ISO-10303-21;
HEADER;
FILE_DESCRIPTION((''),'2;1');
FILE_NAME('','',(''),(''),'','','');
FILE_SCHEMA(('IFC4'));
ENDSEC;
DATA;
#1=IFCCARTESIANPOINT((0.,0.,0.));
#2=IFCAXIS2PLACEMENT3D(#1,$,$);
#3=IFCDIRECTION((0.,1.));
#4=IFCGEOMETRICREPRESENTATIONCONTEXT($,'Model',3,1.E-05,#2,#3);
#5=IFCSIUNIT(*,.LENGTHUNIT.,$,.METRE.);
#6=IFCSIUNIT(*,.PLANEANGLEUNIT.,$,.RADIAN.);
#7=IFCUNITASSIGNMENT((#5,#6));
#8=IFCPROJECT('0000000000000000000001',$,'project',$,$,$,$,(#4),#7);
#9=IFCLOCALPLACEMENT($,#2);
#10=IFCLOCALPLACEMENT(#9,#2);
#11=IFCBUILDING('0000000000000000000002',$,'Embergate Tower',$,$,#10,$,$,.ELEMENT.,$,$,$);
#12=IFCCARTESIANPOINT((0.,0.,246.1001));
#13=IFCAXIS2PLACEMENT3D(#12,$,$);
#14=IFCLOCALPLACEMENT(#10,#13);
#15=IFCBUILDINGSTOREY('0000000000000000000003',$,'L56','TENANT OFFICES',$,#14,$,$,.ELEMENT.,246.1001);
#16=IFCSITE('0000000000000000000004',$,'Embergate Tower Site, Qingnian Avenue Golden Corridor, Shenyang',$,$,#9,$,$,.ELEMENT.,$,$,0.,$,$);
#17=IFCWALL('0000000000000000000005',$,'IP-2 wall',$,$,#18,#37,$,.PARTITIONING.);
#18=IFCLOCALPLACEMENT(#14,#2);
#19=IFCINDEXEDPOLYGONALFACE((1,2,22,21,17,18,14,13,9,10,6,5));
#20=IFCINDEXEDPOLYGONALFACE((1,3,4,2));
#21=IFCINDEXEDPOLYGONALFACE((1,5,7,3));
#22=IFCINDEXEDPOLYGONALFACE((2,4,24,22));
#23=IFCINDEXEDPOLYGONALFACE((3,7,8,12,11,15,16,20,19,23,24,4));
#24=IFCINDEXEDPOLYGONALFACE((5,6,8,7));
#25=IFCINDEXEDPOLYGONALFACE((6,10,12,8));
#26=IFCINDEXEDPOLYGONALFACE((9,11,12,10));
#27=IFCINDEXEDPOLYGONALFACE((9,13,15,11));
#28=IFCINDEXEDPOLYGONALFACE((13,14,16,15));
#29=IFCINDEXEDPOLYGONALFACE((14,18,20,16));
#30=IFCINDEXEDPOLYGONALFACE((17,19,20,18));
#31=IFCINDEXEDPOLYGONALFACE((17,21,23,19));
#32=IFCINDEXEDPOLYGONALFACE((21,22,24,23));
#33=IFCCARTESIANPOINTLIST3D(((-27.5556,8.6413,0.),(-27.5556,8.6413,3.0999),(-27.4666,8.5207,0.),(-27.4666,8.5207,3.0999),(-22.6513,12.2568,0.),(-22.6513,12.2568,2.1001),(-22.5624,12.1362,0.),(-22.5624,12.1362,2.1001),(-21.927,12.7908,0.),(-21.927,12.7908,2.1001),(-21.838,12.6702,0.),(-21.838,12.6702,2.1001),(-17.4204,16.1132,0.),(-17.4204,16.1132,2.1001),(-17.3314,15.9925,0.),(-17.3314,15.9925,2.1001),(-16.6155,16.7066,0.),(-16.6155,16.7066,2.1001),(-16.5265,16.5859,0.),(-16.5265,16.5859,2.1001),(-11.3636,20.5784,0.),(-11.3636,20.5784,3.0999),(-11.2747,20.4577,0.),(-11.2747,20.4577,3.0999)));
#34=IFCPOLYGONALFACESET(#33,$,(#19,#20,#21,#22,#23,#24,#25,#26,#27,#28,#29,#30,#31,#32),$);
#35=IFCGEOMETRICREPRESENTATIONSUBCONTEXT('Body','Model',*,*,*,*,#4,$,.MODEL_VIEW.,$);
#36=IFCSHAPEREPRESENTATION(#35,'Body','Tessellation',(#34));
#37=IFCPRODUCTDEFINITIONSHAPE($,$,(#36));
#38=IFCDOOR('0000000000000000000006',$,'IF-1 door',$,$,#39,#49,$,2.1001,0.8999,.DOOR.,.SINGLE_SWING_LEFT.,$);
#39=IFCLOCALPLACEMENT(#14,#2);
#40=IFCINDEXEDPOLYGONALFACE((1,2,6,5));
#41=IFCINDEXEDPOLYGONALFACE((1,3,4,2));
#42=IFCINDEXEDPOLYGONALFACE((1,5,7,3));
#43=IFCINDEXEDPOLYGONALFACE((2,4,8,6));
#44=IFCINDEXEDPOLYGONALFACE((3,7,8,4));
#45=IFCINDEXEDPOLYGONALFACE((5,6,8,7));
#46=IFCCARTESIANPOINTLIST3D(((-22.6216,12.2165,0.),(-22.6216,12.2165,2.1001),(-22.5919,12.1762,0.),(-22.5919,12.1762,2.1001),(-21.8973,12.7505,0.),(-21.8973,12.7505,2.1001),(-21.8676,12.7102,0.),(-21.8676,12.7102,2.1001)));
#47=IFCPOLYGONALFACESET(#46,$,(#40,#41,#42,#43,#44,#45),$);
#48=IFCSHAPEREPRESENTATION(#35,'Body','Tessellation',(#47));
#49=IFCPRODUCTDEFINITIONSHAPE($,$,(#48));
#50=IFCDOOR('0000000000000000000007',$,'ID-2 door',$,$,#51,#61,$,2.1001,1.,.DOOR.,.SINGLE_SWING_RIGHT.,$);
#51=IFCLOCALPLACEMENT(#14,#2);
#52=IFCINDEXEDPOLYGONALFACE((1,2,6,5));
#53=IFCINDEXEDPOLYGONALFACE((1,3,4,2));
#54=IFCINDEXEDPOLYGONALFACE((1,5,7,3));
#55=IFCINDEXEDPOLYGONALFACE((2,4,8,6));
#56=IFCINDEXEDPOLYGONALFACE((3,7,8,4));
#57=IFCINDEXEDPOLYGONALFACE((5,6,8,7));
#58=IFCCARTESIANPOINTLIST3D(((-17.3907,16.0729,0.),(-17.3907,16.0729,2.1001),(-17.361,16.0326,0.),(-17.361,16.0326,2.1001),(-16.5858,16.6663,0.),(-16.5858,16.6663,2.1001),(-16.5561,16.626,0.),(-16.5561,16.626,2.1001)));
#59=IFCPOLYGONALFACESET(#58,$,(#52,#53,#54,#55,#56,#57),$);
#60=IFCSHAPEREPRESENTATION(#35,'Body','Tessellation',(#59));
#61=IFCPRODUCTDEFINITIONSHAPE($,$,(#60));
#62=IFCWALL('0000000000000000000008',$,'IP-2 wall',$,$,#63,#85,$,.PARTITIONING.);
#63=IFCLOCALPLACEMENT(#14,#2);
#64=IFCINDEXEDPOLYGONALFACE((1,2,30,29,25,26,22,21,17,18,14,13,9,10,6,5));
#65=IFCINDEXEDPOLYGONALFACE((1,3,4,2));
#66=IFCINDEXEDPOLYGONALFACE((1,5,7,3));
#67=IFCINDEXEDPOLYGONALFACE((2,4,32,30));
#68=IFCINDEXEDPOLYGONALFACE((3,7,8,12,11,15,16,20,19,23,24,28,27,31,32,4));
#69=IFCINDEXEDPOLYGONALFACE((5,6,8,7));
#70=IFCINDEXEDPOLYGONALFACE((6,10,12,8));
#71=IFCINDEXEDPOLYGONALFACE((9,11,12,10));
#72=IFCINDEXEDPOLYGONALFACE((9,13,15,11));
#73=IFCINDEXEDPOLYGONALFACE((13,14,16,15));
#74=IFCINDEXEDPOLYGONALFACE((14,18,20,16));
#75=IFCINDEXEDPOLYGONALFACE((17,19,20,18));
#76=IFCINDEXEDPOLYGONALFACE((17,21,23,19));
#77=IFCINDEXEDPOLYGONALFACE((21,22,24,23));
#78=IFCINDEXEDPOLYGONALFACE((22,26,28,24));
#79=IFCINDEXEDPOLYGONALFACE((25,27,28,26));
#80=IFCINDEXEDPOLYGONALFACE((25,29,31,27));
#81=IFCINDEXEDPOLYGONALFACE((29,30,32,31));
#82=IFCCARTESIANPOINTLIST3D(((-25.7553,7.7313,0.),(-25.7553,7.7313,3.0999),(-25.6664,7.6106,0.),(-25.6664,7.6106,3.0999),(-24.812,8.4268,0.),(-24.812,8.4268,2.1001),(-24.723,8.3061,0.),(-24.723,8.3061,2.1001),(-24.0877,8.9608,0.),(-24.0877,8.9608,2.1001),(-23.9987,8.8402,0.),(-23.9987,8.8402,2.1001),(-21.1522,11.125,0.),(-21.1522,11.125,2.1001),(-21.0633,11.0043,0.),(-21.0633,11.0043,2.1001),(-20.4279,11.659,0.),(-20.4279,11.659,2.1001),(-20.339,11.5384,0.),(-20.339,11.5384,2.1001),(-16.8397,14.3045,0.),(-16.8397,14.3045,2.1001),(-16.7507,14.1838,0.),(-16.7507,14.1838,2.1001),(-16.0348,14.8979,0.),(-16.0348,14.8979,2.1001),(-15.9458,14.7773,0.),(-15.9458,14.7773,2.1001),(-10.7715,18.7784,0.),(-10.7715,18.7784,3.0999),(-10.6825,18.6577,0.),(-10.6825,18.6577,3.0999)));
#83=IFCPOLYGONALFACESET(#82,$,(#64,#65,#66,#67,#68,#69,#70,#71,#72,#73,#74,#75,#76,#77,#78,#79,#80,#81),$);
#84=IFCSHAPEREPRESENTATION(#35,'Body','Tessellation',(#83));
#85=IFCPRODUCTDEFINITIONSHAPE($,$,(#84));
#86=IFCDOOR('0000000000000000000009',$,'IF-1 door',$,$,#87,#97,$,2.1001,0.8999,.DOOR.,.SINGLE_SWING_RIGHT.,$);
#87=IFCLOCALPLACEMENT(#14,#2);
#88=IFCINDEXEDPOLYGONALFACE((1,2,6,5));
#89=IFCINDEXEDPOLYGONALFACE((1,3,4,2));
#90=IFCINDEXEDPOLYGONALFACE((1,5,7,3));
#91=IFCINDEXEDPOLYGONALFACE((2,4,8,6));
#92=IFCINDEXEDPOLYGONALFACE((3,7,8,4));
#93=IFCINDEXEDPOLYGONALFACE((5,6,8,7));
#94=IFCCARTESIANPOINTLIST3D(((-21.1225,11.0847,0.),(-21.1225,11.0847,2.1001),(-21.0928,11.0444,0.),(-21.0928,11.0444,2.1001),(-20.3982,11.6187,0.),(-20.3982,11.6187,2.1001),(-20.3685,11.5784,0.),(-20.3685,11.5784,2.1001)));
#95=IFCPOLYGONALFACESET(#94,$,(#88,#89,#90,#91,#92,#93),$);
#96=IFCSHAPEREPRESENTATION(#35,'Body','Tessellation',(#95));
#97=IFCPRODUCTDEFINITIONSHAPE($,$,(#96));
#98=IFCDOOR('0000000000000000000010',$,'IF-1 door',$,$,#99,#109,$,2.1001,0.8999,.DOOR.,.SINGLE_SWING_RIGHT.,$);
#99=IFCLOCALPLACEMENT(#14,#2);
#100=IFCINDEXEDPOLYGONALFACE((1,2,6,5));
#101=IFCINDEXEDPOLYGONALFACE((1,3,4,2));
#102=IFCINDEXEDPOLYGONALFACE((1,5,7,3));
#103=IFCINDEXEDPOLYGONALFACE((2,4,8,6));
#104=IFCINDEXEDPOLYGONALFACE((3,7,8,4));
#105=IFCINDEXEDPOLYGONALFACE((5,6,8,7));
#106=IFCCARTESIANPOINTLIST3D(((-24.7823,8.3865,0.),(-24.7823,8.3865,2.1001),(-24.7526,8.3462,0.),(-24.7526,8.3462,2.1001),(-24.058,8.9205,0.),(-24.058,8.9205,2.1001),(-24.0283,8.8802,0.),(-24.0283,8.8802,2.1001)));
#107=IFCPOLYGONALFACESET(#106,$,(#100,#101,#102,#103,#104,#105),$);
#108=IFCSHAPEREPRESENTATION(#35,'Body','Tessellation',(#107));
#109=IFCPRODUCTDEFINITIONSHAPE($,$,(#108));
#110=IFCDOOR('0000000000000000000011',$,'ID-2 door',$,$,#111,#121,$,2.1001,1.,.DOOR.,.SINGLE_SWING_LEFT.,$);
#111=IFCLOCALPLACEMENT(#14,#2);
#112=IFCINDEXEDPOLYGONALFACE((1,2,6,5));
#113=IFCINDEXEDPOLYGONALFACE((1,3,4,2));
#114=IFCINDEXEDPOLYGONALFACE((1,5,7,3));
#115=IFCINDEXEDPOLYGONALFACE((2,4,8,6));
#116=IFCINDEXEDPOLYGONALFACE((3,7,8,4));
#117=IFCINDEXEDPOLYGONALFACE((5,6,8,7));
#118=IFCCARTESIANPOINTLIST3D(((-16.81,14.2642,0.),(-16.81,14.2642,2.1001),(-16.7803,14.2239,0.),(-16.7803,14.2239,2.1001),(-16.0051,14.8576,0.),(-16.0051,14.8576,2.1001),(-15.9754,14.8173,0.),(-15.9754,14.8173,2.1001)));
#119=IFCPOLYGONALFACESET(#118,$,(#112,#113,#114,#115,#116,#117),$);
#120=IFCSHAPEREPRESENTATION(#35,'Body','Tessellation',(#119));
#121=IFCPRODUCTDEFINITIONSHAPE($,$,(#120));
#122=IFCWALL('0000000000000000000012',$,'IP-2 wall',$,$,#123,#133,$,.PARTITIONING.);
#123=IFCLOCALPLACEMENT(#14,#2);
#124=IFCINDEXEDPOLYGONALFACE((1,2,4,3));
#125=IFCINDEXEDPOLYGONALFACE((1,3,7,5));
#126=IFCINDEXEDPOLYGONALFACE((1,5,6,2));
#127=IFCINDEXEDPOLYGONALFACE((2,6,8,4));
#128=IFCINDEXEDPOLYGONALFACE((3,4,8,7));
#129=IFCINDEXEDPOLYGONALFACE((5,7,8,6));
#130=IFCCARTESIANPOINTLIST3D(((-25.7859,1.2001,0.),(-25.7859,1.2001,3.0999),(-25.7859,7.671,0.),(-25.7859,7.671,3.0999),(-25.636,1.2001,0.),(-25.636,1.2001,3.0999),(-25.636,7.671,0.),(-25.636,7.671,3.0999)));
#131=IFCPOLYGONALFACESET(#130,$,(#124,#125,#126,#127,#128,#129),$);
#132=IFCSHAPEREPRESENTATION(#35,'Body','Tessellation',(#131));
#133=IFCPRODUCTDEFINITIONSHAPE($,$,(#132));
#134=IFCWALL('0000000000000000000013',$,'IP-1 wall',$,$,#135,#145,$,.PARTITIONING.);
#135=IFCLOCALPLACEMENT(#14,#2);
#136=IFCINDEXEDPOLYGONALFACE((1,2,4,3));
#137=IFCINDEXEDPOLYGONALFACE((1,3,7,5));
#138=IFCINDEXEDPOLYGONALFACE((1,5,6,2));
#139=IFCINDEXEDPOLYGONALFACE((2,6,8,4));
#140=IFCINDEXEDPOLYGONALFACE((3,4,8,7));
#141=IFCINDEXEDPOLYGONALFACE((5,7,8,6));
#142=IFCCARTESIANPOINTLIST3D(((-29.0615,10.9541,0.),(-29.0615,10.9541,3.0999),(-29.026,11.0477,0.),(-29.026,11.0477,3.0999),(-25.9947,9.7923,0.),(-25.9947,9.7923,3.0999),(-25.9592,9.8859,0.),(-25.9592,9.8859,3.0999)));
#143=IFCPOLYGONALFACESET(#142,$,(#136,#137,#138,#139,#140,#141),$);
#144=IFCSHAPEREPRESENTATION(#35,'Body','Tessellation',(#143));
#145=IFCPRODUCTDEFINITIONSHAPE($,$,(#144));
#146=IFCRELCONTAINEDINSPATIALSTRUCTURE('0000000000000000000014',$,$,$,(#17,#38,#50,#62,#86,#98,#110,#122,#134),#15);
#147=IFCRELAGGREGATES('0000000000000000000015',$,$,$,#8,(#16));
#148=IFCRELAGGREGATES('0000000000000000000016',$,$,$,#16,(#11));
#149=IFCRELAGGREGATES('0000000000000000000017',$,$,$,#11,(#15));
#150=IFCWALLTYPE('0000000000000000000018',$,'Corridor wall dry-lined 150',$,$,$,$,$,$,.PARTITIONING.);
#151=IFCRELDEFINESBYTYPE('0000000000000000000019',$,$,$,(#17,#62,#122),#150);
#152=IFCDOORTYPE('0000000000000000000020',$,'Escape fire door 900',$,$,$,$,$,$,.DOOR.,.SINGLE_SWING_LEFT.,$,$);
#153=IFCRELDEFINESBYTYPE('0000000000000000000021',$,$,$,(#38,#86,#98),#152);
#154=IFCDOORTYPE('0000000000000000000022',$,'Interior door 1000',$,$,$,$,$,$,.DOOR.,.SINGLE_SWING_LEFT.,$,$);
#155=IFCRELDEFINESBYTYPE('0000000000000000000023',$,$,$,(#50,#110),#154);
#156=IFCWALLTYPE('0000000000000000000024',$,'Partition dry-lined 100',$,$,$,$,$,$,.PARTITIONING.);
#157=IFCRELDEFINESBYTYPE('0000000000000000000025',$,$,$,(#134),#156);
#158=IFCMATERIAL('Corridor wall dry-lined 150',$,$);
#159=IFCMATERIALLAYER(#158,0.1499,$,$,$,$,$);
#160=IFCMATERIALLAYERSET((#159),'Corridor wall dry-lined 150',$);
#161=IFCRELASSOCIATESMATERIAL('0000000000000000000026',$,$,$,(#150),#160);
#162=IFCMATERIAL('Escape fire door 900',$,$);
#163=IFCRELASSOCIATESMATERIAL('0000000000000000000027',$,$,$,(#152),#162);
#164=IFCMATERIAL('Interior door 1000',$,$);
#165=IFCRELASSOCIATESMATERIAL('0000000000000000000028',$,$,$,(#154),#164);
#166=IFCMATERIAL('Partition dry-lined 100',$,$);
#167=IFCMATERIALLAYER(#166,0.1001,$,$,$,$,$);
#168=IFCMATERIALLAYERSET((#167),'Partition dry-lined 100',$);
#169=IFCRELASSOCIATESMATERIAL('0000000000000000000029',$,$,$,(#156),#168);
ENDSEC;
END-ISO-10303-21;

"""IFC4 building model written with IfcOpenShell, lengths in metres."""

from ifc_helpers import new_model, si_unit, direction, frame, frame_2d, origin, place, context, subcontext, project, spatial, rectangle, extrude, source, transform, mapped, material, layer, layer_set, type_object, element, fill, save


model = new_model("IFC4")

# Units and contexts
model_context = context("Model", 3, precision=1e-05, world=origin(), true_north=direction((0.0, 1.0)))
body_context = subcontext(model_context, "Body", "Model", "MODEL_VIEW")
ifc_project = project(units=[si_unit("LENGTHUNIT", "METRE"), si_unit("PLANEANGLEUNIT", "RADIAN")], contexts=[model_context])

# Site, building, storey
site_placement = place(None, origin())
site = spatial("IfcSite", under=ifc_project, at=site_placement, Name="Embergate Tower Site, Qingnian Avenue Golden Corridor, Shenyang", CompositionType="ELEMENT", RefElevation=0.0)
building_placement = place(site_placement, origin())
building = spatial("IfcBuilding", under=site, at=building_placement, Name="Embergate Tower", CompositionType="ELEMENT")
storey_placement = place(building_placement, frame((0.0, 0.0, 246.1001)))
storey = spatial("IfcBuildingStorey", under=building, at=storey_placement, Name="L56", Description="TENANT OFFICES", CompositionType="ELEMENT", Elevation=246.1001)

# Walls, openings, doors
ifc_material_1 = material(Name="Corridor wall dry-lined 150")
ifc_layer_1 = layer(ifc_material_1, 0.1499)
ifc_layer_set_1 = layer_set([ifc_layer_1], Name="Corridor wall dry-lined 150")
wall_type_1 = type_object("IfcWallType", Name="Corridor wall dry-lined 150", PredefinedType="PARTITIONING", material=ifc_layer_set_1)
shared_shape_1 = source(origin(), body_context, "Body", "SweptSolid", [
    extrude(rectangle(XDim=20.1165, YDim=0.1499, at=frame_2d((10.0581, 0.0))), origin(), (0.0, 0.0, 1.0), 3.0999),
])
wall_1_placement = place(storey_placement, frame((-27.511, 8.5811, 0.0), z_axis=(0.0, 0.0, 1.0), x_axis=(0.80491, 0.593397, 0.0)))
wall_1 = element("IfcWall", 1, at=wall_1_placement, inside=storey, type_object=wall_type_1, Name="IP-2 wall", PredefinedType="PARTITIONING", context=body_context, shape_type="MappedRepresentation", body=[
    mapped(shared_shape_1, transform((0.0, 0.0, 0.0))),
])
shared_shape_2 = source(origin(), body_context, "Body", "SweptSolid", [
    extrude(rectangle(XDim=1.0, YDim=2.1001, at=frame_2d((0.5, 1.05))), frame((0.0, 0.085, 0.0), z_axis=(0.0, -1.0, 0.0), x_axis=(1.0, 0.0, 0.0)), (0.0, 0.0, 1.0), 0.1699),
])
opening_1_placement = place(wall_1_placement, frame((12.5916, 0.0, 0.0)))
opening_1 = element("IfcOpeningElement", 2, at=opening_1_placement, cuts=wall_1, PredefinedType="OPENING", context=body_context, shape_type="MappedRepresentation", body=[
    mapped(shared_shape_2, transform((0.0, 0.0, 0.0))),
])
shared_shape_3 = source(origin(), body_context, "Body", "SweptSolid", [
    extrude(rectangle(XDim=0.8999, YDim=2.1001, at=frame_2d((0.45, 1.05))), frame((0.0, 0.085, 0.0), z_axis=(0.0, -1.0, 0.0), x_axis=(1.0, 0.0, 0.0)), (0.0, 0.0, 1.0), 0.1699),
])
opening_2_placement = place(wall_1_placement, frame((6.0928, 0.0, 0.0)))
opening_2 = element("IfcOpeningElement", 3, at=opening_2_placement, cuts=wall_1, PredefinedType="OPENING", context=body_context, shape_type="MappedRepresentation", body=[
    mapped(shared_shape_3, transform((0.0, 0.0, 0.0))),
])
ifc_material_2 = material(Name="Escape fire door 900")
door_type_1 = type_object("IfcDoorType", Name="Escape fire door 900", OperationType="SINGLE_SWING_LEFT", PredefinedType="DOOR", material=ifc_material_2)
shared_shape_4 = source(origin(), body_context, "Body", "SweptSolid", [
    extrude(rectangle(XDim=0.8999, YDim=2.1001, at=frame_2d((0.45, 1.05))), frame((0.0, 0.0249, 0.0), z_axis=(0.0, -1.0, 0.0), x_axis=(1.0, 0.0, 0.0)), (0.0, 0.0, 1.0), 0.05),
])
door_1_placement = place(opening_2_placement, origin())
door_1 = element("IfcDoor", 4, at=door_1_placement, inside=storey, type_object=door_type_1, Name="IF-1 door", OperationType="SINGLE_SWING_LEFT", OverallHeight=2.1001, OverallWidth=0.8999, PredefinedType="DOOR", context=body_context, shape_type="MappedRepresentation", body=[
    mapped(shared_shape_4, transform((0.0, 0.0, 0.0))),
])
fill(opening_2, door_1)
ifc_material_3 = material(Name="Interior door 1000")
door_type_2 = type_object("IfcDoorType", Name="Interior door 1000", OperationType="SINGLE_SWING_LEFT", PredefinedType="DOOR", material=ifc_material_3)
shared_shape_5 = source(origin(), body_context, "Body", "SweptSolid", [
    extrude(rectangle(XDim=1.0, YDim=2.1001, at=frame_2d((0.5, 1.05))), frame((0.0, 0.0249, 0.0), z_axis=(0.0, -1.0, 0.0), x_axis=(1.0, 0.0, 0.0)), (0.0, 0.0, 1.0), 0.05),
])
door_2_placement = place(opening_1_placement, origin())
door_2 = element("IfcDoor", 5, at=door_2_placement, inside=storey, type_object=door_type_2, Name="ID-2 door", OperationType="SINGLE_SWING_RIGHT", OverallHeight=2.1001, OverallWidth=1.0, PredefinedType="DOOR", context=body_context, shape_type="MappedRepresentation", body=[
    mapped(shared_shape_5, transform((0.0, 0.0, 0.0))),
])
fill(opening_1, door_2)
shared_shape_6 = source(origin(), body_context, "Body", "SweptSolid", [
    extrude(rectangle(XDim=18.616, YDim=0.1499, at=frame_2d((9.3081, 0.0))), origin(), (0.0, 0.0, 1.0), 3.0999),
])
wall_2_placement = place(storey_placement, frame((-25.7109, 7.6709, 0.0), z_axis=(0.0, 0.0, 1.0), x_axis=(0.804893, 0.59342, 0.0)))
wall_2 = element("IfcWall", 6, at=wall_2_placement, inside=storey, type_object=wall_type_1, Name="IP-2 wall", PredefinedType="PARTITIONING", context=body_context, shape_type="MappedRepresentation", body=[
    mapped(shared_shape_6, transform((0.0, 0.0, 0.0))),
])
opening_3_placement = place(wall_2_placement, frame((11.0769, 0.0, 0.0)))
opening_3 = element("IfcOpeningElement", 7, at=opening_3_placement, cuts=wall_2, PredefinedType="OPENING", context=body_context, shape_type="MappedRepresentation", body=[
    mapped(shared_shape_2, transform((0.0, 0.0, 0.0))),
])
opening_4_placement = place(wall_2_placement, frame((5.719, 0.0, 0.0)))
opening_4 = element("IfcOpeningElement", 8, at=opening_4_placement, cuts=wall_2, PredefinedType="OPENING", context=body_context, shape_type="MappedRepresentation", body=[
    mapped(shared_shape_3, transform((0.0, 0.0, 0.0))),
])
opening_5_placement = place(wall_2_placement, frame((1.1721, 0.0, 0.0)))
opening_5 = element("IfcOpeningElement", 9, at=opening_5_placement, cuts=wall_2, PredefinedType="OPENING", context=body_context, shape_type="MappedRepresentation", body=[
    mapped(shared_shape_3, transform((0.0, 0.0, 0.0))),
])
door_3_placement = place(opening_4_placement, origin())
door_3 = element("IfcDoor", 10, at=door_3_placement, inside=storey, type_object=door_type_1, Name="IF-1 door", OperationType="SINGLE_SWING_RIGHT", OverallHeight=2.1001, OverallWidth=0.8999, PredefinedType="DOOR", context=body_context, shape_type="MappedRepresentation", body=[
    mapped(shared_shape_4, transform((0.0, 0.0, 0.0))),
])
fill(opening_4, door_3)
door_4_placement = place(opening_5_placement, origin())
door_4 = element("IfcDoor", 11, at=door_4_placement, inside=storey, type_object=door_type_1, Name="IF-1 door", OperationType="SINGLE_SWING_RIGHT", OverallHeight=2.1001, OverallWidth=0.8999, PredefinedType="DOOR", context=body_context, shape_type="MappedRepresentation", body=[
    mapped(shared_shape_4, transform((0.0, 0.0, 0.0))),
])
fill(opening_5, door_4)
door_5_placement = place(opening_3_placement, origin())
door_5 = element("IfcDoor", 12, at=door_5_placement, inside=storey, type_object=door_type_2, Name="ID-2 door", OperationType="SINGLE_SWING_LEFT", OverallHeight=2.1001, OverallWidth=1.0, PredefinedType="DOOR", context=body_context, shape_type="MappedRepresentation", body=[
    mapped(shared_shape_5, transform((0.0, 0.0, 0.0))),
])
fill(opening_3, door_5)

# Walls
shared_shape_7 = source(origin(), body_context, "Body", "SweptSolid", [
    extrude(rectangle(XDim=6.4709, YDim=0.1499, at=frame_2d((3.2354, 0.0))), origin(), (0.0, 0.0, 1.0), 3.0999),
])
wall_3_placement = place(storey_placement, frame((-25.7109, 7.6709, 0.0), z_axis=(0.0, 0.0, 1.0), x_axis=(0.0, -1.0, 0.0)))
element("IfcWall", 13, at=wall_3_placement, inside=storey, type_object=wall_type_1, Name="IP-2 wall", PredefinedType="PARTITIONING", context=body_context, shape_type="MappedRepresentation", body=[
    mapped(shared_shape_7, transform((0.0, 0.0, 0.0))),
])
ifc_material_4 = material(Name="Partition dry-lined 100")
ifc_layer_2 = layer(ifc_material_4, 0.1001)
ifc_layer_set_2 = layer_set([ifc_layer_2], Name="Partition dry-lined 100")
wall_type_2 = type_object("IfcWallType", Name="Partition dry-lined 100", PredefinedType="PARTITIONING", material=ifc_layer_set_2)
shared_shape_8 = source(origin(), body_context, "Body", "SweptSolid", [
    extrude(rectangle(XDim=3.2795, YDim=0.1001, at=frame_2d((1.6396, 0.0))), origin(), (0.0, 0.0, 1.0), 3.0999),
])
wall_4_placement = place(storey_placement, frame((-25.9771, 9.8391, 0.0), z_axis=(0.0, 0.0, 1.0), x_axis=(-0.935143, 0.35427, 0.0)))
element("IfcWall", 14, at=wall_4_placement, inside=storey, type_object=wall_type_2, Name="IP-1 wall", PredefinedType="PARTITIONING", context=body_context, shape_type="MappedRepresentation", body=[
    mapped(shared_shape_8, transform((0.0, 0.0, 0.0))),
])

save(model, "model.ifc")
